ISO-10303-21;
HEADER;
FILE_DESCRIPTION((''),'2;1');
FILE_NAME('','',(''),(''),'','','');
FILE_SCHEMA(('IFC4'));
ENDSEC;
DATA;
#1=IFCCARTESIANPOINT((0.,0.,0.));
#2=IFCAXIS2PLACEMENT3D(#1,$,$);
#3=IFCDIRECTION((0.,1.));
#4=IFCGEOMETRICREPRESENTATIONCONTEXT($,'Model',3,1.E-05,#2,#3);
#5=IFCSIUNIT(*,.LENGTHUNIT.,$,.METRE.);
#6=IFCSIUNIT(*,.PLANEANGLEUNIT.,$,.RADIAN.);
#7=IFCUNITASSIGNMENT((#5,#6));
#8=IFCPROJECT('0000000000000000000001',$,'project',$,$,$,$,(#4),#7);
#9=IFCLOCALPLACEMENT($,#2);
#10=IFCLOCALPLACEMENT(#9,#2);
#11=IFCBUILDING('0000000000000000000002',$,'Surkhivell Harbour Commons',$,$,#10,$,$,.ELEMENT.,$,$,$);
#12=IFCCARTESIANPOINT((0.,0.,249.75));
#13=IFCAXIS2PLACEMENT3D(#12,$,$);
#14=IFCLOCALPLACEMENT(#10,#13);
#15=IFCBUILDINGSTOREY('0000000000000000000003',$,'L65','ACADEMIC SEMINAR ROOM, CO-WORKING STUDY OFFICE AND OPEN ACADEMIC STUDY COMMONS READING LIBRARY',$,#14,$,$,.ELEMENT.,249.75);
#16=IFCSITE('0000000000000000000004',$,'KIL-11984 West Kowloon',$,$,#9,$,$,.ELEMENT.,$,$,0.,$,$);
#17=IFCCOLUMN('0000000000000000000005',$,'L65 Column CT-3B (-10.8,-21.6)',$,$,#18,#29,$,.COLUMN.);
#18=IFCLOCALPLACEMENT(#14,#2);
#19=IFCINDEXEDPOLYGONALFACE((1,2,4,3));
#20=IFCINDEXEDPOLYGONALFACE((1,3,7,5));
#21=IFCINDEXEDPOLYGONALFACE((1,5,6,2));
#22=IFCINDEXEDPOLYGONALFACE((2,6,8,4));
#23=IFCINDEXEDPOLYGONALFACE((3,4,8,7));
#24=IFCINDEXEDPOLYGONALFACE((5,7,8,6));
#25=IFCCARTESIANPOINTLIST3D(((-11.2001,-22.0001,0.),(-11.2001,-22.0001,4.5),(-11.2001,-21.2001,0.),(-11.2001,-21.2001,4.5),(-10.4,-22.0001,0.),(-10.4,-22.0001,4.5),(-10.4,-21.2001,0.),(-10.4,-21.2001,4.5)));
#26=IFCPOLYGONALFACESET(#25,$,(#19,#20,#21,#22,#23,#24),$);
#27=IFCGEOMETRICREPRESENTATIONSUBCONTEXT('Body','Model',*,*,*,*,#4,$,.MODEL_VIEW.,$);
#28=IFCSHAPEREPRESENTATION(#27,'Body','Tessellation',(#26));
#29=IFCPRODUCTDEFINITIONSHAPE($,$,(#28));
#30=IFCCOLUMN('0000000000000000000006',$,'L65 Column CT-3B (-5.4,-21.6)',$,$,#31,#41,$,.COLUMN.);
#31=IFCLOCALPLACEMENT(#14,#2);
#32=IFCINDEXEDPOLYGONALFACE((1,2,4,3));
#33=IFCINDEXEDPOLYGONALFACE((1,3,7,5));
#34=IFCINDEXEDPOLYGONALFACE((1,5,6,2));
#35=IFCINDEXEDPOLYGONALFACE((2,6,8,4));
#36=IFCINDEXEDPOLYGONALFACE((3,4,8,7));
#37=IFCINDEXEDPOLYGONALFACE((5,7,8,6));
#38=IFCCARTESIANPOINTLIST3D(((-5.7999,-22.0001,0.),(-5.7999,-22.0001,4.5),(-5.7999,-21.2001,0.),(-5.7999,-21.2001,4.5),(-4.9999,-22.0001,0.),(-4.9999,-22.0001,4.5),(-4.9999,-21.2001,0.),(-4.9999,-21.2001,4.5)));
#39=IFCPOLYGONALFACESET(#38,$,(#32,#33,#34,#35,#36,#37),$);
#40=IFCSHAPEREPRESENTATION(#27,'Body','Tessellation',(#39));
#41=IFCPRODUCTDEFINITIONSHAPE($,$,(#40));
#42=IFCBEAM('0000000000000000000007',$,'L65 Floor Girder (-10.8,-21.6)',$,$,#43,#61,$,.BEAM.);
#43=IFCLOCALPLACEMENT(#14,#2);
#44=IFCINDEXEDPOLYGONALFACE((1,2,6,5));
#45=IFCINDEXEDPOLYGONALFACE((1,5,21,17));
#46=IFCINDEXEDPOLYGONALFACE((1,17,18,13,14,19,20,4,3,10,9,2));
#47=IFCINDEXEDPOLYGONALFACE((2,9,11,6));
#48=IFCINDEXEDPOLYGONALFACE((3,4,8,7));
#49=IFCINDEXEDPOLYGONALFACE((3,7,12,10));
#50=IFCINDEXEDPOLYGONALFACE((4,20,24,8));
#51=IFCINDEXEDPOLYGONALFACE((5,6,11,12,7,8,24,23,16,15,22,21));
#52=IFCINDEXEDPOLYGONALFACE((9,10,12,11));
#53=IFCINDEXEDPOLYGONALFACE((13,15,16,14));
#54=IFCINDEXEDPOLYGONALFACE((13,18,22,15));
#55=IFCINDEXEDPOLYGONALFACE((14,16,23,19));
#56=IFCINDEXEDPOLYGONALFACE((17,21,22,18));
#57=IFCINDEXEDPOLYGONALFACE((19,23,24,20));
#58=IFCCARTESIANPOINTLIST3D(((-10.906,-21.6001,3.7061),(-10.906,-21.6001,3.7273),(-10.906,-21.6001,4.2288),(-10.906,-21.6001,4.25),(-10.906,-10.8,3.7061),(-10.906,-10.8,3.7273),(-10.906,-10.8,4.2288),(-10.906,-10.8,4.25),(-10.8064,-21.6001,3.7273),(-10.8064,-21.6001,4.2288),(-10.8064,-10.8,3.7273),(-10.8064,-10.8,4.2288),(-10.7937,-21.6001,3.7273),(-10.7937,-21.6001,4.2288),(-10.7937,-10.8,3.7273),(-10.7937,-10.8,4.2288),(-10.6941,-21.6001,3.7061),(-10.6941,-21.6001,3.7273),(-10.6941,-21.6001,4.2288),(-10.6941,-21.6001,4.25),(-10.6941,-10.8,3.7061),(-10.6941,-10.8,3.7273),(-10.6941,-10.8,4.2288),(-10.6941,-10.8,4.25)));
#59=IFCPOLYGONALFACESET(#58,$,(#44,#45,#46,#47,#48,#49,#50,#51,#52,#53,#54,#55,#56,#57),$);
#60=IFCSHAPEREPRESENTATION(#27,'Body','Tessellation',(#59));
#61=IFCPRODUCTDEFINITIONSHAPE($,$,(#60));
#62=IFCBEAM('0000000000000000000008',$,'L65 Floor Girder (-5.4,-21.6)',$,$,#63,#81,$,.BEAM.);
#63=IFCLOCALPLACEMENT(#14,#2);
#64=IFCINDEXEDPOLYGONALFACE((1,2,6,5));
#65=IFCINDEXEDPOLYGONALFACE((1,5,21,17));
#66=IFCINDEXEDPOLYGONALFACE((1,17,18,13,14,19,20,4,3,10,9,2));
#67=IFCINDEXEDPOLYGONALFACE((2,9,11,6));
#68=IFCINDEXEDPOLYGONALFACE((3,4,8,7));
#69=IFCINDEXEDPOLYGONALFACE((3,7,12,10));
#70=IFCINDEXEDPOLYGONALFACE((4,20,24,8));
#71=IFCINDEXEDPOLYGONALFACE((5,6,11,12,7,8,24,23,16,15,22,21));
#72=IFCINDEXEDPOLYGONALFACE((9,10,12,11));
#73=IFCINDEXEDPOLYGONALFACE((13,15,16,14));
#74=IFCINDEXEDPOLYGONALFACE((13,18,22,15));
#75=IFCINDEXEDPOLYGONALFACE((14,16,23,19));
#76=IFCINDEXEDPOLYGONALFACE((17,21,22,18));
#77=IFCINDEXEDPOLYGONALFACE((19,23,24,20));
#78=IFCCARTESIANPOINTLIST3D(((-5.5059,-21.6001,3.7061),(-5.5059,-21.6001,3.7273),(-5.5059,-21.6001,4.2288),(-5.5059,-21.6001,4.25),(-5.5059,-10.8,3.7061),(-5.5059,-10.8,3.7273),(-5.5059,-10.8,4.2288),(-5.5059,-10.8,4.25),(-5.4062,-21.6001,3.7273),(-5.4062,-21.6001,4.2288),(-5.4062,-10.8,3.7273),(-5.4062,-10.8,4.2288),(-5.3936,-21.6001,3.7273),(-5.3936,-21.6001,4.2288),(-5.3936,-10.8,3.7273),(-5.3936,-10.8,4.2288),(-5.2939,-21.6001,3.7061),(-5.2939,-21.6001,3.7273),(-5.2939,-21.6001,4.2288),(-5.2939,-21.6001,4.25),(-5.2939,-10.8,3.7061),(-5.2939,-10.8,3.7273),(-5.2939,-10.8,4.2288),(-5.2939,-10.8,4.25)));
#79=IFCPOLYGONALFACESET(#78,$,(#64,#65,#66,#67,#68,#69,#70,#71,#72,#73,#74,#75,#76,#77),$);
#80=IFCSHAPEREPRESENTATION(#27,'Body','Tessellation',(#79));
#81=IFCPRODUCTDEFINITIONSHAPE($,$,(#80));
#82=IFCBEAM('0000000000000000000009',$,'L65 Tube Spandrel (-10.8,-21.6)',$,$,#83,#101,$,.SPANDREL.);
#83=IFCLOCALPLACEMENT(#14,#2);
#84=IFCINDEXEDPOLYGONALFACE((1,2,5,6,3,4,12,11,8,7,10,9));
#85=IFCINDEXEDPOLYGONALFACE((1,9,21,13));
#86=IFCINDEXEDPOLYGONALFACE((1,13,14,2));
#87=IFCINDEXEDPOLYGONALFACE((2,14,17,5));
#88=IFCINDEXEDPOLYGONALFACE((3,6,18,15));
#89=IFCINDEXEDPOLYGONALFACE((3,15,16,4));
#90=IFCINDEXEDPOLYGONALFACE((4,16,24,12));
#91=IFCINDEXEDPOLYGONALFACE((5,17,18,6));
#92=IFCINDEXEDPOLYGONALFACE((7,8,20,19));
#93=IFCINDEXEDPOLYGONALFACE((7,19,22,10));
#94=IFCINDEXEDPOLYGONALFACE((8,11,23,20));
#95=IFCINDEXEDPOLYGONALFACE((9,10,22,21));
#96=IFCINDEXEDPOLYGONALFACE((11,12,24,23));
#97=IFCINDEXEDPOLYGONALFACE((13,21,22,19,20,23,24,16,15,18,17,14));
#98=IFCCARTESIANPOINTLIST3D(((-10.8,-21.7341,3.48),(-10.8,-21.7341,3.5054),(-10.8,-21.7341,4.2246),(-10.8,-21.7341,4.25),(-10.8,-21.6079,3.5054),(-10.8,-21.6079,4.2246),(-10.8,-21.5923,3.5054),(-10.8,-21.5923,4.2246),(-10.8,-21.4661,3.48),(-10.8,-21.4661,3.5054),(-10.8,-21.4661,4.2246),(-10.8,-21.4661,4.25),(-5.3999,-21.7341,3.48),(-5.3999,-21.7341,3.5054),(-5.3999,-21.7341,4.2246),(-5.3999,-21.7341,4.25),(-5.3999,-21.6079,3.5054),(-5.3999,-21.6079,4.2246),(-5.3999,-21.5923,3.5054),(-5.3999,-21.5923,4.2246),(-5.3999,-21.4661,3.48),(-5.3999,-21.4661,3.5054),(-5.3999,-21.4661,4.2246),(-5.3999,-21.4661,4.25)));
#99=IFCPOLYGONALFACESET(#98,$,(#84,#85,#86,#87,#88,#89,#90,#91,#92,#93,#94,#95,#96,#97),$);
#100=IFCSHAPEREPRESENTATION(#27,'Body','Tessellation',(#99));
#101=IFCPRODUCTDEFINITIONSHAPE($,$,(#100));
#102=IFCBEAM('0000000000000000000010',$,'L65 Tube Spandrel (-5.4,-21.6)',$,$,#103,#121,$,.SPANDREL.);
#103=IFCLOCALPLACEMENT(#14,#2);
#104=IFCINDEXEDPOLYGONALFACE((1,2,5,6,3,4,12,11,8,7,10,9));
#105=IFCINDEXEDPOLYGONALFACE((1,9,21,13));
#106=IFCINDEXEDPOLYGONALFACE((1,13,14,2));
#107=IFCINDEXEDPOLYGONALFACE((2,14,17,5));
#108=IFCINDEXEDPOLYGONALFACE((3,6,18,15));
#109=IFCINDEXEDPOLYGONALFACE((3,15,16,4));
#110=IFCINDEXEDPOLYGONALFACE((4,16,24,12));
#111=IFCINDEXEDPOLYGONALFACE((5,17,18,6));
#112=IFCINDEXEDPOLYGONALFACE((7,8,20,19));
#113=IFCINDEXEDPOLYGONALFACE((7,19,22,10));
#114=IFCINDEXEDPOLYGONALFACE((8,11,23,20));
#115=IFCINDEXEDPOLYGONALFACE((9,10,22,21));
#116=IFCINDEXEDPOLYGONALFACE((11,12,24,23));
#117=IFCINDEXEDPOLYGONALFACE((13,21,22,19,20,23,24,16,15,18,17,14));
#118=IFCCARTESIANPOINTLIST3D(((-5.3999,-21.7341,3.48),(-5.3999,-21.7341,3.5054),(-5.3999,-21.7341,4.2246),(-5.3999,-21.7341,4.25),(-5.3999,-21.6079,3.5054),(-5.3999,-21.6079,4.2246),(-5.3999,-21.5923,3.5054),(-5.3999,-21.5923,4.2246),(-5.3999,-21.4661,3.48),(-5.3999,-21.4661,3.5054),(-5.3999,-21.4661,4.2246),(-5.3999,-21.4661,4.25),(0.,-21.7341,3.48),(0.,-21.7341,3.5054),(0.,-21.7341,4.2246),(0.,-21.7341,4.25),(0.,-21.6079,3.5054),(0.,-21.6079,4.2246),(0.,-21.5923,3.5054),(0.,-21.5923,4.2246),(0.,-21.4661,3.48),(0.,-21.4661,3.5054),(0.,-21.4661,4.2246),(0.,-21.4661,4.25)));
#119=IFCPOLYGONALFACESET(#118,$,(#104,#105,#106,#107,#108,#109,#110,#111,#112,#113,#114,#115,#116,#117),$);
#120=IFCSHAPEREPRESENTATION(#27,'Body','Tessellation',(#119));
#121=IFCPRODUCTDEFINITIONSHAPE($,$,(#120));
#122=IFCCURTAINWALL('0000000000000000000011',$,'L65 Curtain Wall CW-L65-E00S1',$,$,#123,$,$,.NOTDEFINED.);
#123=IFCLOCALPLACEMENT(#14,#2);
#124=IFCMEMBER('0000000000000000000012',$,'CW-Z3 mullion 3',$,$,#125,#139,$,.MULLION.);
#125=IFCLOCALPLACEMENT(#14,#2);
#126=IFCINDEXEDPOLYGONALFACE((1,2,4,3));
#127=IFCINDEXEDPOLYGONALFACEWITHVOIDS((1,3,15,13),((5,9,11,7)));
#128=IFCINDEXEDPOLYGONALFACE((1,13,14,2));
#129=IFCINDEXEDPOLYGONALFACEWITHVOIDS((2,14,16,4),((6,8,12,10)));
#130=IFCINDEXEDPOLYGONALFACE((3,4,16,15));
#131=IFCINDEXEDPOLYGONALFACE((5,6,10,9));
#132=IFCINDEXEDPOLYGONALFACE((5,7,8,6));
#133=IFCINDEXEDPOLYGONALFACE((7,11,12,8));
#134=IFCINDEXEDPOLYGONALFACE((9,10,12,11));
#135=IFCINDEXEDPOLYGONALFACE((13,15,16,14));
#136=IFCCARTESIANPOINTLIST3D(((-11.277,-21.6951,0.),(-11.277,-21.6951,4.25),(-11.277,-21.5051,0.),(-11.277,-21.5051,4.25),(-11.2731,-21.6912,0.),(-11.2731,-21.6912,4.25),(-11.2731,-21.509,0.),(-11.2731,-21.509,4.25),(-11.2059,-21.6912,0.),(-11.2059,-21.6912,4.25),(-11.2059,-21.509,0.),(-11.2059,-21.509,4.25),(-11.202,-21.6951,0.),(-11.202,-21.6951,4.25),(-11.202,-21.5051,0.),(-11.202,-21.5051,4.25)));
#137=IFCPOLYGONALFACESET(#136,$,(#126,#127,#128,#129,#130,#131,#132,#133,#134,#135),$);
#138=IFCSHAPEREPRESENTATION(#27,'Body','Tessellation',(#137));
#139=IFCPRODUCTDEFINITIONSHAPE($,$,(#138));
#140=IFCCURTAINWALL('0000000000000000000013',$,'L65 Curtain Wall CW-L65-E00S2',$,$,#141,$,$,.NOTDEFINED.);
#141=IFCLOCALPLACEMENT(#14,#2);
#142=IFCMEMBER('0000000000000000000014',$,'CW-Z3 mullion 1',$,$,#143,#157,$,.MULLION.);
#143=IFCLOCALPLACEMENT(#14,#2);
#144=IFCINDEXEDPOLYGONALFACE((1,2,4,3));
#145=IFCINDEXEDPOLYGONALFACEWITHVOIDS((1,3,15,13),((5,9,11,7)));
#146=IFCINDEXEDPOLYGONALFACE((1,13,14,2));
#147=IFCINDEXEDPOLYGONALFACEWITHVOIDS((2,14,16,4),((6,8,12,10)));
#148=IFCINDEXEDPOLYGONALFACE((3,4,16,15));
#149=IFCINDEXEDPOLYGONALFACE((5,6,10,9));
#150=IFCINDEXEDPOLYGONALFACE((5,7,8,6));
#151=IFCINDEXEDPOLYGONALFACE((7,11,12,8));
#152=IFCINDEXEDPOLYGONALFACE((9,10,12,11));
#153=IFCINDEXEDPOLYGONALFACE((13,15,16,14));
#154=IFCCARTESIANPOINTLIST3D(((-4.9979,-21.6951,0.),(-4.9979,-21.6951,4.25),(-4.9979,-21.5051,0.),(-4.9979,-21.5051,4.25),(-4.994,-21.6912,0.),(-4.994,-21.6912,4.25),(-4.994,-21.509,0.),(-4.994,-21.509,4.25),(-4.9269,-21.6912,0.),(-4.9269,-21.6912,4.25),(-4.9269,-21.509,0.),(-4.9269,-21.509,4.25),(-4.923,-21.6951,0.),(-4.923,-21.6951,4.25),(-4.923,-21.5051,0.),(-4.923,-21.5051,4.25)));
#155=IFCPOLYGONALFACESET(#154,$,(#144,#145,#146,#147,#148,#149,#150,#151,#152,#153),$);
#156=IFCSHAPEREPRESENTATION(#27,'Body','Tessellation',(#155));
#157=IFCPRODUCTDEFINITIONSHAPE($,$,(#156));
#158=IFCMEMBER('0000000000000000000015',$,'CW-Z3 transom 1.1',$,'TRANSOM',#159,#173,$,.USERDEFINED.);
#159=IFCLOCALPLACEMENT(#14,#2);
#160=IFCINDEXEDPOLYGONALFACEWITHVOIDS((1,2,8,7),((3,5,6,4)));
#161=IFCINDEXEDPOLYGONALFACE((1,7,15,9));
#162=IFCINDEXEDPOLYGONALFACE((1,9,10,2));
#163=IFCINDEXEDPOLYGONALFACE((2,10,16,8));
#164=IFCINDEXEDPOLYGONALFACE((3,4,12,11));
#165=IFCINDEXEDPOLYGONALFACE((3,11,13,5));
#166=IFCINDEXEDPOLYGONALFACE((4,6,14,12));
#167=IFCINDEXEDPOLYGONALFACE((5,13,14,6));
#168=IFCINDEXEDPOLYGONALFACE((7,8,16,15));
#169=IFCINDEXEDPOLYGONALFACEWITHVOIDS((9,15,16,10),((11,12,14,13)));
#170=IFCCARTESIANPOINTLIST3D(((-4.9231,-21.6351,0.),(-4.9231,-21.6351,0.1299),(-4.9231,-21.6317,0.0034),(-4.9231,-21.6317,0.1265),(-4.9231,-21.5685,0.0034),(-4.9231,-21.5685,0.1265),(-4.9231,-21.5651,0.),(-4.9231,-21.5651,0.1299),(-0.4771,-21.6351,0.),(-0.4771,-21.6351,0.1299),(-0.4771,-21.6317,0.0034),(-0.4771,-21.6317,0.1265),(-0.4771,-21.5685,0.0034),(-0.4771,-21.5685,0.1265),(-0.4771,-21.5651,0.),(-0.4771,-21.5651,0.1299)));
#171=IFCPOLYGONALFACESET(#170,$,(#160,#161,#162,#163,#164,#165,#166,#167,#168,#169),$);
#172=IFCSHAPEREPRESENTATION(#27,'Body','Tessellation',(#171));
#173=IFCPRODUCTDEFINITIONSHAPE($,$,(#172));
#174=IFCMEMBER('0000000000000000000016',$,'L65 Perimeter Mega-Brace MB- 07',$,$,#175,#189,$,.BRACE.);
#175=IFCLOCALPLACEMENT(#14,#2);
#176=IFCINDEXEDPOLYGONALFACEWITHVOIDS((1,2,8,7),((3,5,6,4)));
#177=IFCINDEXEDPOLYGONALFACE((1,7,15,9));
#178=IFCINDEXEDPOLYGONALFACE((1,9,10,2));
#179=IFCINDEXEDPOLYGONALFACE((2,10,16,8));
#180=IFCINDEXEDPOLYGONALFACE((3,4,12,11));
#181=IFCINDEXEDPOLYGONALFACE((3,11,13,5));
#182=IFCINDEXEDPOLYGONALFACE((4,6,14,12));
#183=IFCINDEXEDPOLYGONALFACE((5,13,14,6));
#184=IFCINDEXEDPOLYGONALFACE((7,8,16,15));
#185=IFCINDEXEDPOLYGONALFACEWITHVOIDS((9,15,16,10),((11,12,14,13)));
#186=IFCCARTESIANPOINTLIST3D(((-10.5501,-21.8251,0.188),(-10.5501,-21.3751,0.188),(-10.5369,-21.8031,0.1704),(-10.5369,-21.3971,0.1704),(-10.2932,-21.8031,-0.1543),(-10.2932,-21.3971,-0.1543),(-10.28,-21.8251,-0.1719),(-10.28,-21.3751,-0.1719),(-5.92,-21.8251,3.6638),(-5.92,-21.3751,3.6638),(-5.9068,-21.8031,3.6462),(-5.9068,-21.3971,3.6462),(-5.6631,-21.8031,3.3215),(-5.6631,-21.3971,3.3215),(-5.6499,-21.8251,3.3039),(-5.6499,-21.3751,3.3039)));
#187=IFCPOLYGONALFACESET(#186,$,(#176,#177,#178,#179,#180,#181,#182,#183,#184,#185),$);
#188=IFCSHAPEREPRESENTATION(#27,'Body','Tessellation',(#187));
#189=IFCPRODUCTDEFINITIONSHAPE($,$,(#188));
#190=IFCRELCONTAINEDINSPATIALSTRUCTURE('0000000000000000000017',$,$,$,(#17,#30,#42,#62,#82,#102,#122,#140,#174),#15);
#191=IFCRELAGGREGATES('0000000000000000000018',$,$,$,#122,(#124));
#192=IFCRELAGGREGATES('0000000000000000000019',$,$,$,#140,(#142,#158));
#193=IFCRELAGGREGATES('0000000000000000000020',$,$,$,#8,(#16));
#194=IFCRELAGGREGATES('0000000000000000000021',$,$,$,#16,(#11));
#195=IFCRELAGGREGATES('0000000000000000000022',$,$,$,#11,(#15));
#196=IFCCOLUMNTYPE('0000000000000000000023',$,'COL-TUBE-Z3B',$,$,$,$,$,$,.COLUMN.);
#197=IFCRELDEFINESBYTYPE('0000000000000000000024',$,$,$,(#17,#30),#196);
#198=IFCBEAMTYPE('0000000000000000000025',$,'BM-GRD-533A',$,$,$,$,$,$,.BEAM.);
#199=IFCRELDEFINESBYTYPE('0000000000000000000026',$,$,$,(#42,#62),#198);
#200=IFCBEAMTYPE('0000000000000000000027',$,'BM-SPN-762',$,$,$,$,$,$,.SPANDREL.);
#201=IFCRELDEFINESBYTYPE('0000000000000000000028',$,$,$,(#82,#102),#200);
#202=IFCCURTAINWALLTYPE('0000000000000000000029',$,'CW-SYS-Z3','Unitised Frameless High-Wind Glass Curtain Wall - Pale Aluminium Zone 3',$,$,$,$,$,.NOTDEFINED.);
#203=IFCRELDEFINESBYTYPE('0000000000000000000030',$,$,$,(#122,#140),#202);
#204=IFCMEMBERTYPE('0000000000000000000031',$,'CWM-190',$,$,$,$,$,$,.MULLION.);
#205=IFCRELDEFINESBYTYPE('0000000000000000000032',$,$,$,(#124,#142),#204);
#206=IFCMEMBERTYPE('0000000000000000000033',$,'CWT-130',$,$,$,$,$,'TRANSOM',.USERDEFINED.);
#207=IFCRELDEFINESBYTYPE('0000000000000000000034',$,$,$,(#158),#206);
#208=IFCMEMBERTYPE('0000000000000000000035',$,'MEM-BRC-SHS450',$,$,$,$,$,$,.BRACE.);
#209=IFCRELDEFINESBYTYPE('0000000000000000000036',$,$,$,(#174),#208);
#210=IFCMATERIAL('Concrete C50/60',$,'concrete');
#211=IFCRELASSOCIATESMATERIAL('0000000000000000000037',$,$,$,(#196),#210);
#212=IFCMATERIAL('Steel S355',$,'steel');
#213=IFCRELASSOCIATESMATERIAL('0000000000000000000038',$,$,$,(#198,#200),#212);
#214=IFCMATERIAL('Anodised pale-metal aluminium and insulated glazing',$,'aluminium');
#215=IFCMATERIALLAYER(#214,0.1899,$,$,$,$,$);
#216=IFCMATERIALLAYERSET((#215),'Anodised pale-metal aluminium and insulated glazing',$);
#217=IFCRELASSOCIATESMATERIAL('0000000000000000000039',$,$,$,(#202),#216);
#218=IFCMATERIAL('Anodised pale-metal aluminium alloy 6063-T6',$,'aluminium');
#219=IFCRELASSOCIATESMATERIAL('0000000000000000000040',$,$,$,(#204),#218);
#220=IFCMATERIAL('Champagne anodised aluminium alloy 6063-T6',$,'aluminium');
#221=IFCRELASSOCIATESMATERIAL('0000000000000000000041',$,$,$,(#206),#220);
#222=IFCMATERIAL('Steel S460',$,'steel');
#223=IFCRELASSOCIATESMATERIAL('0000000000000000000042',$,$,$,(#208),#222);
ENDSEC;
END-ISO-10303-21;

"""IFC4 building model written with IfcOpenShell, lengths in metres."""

from ifc_helpers import new_model, si_unit, direction, frame, origin, origin_2d, place, context, subcontext, project, spatial, rectangle, hollow_rectangle, i_section, extrude, material, layer, layer_set, material_profile, profile_set, type_object, element, aggregate, save


model = new_model("IFC4")

# Units and contexts
model_context = context("Model", 3, precision=1e-05, world=origin(), true_north=direction((0.0, 1.0)))
body_context = subcontext(model_context, "Body", "Model", "MODEL_VIEW")
ifc_project = project(units=[si_unit("LENGTHUNIT", "METRE"), si_unit("PLANEANGLEUNIT", "RADIAN")], contexts=[model_context])

# Site, building, storey
site_placement = place(None, origin())
site = spatial("IfcSite", under=ifc_project, at=site_placement, Name="KIL-11984 West Kowloon", CompositionType="ELEMENT", RefElevation=0.0)
building_placement = place(site_placement, origin())
building = spatial("IfcBuilding", under=site, at=building_placement, Name="Surkhivell Harbour Commons", CompositionType="ELEMENT")
storey_placement = place(building_placement, frame((0.0, 0.0, 249.75)))
storey = spatial("IfcBuildingStorey", under=building, at=storey_placement, Name="L65", Description="ACADEMIC SEMINAR ROOM, CO-WORKING STUDY OFFICE AND OPEN ACADEMIC STUDY COMMONS READING LIBRARY", CompositionType="ELEMENT", Elevation=249.75)

# Columns
ifc_material_1 = material(Name="Concrete C50/60", Category="concrete")
ifc_material_profile_1 = material_profile(ifc_material_1, rectangle(XDim=0.8, YDim=0.8, at=origin_2d()), Name="RC-COL-800x800")
ifc_profile_set_1 = profile_set([ifc_material_profile_1], Name="Concrete C50/60")
column_type = type_object("IfcColumnType", Name="COL-TUBE-Z3B", PredefinedType="COLUMN", material=ifc_profile_set_1)
for number, where, z_axis, x_axis, name in (
    (1, (-10.8, -21.6001, 0.0), (0.0, 0.0, 1.0), (1.0, 0.0, 0.0), "L65 Column CT-3B (-10.8,-21.6)"),
    (2, (-5.3999, -21.6001, 0.0), (0.0, 0.0, 1.0), (1.0, 0.0, 0.0), "L65 Column CT-3B (-5.4,-21.6)"),
):
    element("IfcColumn", number, at=place(storey_placement, frame(where, z_axis=z_axis, x_axis=x_axis)), inside=storey, type_object=column_type, Name=name, PredefinedType="COLUMN", context=body_context, shape_type="SweptSolid", body=[
        extrude(rectangle(XDim=0.8, YDim=0.8, at=origin_2d()), origin(), (0.0, 0.0, 1.0), 4.5),
    ])

# Beams
ifc_material_2 = material(Name="Steel S355", Category="steel")
ifc_material_profile_2 = material_profile(ifc_material_2, i_section(OverallWidth=0.2119, OverallDepth=0.5439, WebThickness=0.0127, FlangeThickness=0.0212, at=origin_2d()), Name="UB533x210x122")
ifc_profile_set_2 = profile_set([ifc_material_profile_2], Name="Steel S355")
beam_type_1 = type_object("IfcBeamType", Name="BM-GRD-533A", PredefinedType="BEAM", material=ifc_profile_set_2)
for number, where, z_axis, x_axis, name in (
    (3, (-10.8, -21.6001, 3.978), (0.0, 1.0, 0.0), (-1.0, 0.0, 0.0), "L65 Floor Girder (-10.8,-21.6)"),
    (4, (-5.3999, -21.6001, 3.978), (0.0, 1.0, 0.0), (-1.0, 0.0, 0.0), "L65 Floor Girder (-5.4,-21.6)"),
):
    element("IfcBeam", number, at=place(storey_placement, frame(where, z_axis=z_axis, x_axis=x_axis)), inside=storey, type_object=beam_type_1, Name=name, PredefinedType="BEAM", context=body_context, shape_type="SweptSolid", body=[
        extrude(i_section(OverallWidth=0.2119, OverallDepth=0.5439, WebThickness=0.0127, FlangeThickness=0.0212, at=origin_2d()), origin(), (0.0, 0.0, 1.0), 10.8),
    ])
ifc_material_profile_3 = material_profile(ifc_material_2, i_section(OverallWidth=0.2681, OverallDepth=0.77, WebThickness=0.0156, FlangeThickness=0.0254, at=origin_2d()), Name="UB762x267x197")
ifc_profile_set_3 = profile_set([ifc_material_profile_3], Name="Steel S355")
beam_type_2 = type_object("IfcBeamType", Name="BM-SPN-762", PredefinedType="SPANDREL", material=ifc_profile_set_3)
beam_1_placement = place(storey_placement, frame((-10.8, -21.6001, 3.865), z_axis=(1.0, 0.0, 0.0), x_axis=(0.0, 1.0, 0.0)))
element("IfcBeam", 5, at=beam_1_placement, inside=storey, type_object=beam_type_2, Name="L65 Tube Spandrel (-10.8,-21.6)", PredefinedType="SPANDREL", context=body_context, shape_type="SweptSolid", body=[
    extrude(i_section(OverallWidth=0.2681, OverallDepth=0.77, WebThickness=0.0156, FlangeThickness=0.0254, at=origin_2d()), origin(), (0.0, 0.0, 1.0), 5.4001),
])
beam_2_placement = place(storey_placement, frame((-5.3999, -21.6001, 3.865), z_axis=(1.0, 0.0, 0.0), x_axis=(0.0, 1.0, 0.0)))
element("IfcBeam", 6, at=beam_2_placement, inside=storey, type_object=beam_type_2, Name="L65 Tube Spandrel (-5.4,-21.6)", PredefinedType="SPANDREL", context=body_context, shape_type="SweptSolid", body=[
    extrude(i_section(OverallWidth=0.2681, OverallDepth=0.77, WebThickness=0.0156, FlangeThickness=0.0254, at=origin_2d()), origin(), (0.0, 0.0, 1.0), 5.3999),
])

# Curtain wall, member
ifc_material_3 = material(Name="Anodised pale-metal aluminium and insulated glazing", Category="aluminium")
ifc_layer_1 = layer(ifc_material_3, 0.1899)
ifc_layer_set_1 = layer_set([ifc_layer_1], Name="Anodised pale-metal aluminium and insulated glazing")
curtain_wall_type = type_object("IfcCurtainWallType", Name="CW-SYS-Z3", Description="Unitised Frameless High-Wind Glass Curtain Wall - Pale Aluminium Zone 3", PredefinedType="NOTDEFINED", material=ifc_layer_set_1)
curtain_wall_1_placement = place(storey_placement, origin())
curtain_wall_1 = element("IfcCurtainWall", 7, at=curtain_wall_1_placement, inside=storey, type_object=curtain_wall_type, Name="L65 Curtain Wall CW-L65-E00S1", PredefinedType="NOTDEFINED")
ifc_material_4 = material(Name="Anodised pale-metal aluminium alloy 6063-T6", Category="aluminium")
ifc_material_profile_4 = material_profile(ifc_material_4, hollow_rectangle(XDim=0.075, YDim=0.1899, WallThickness=0.0039, at=origin_2d()), Name="ALU-MULL-75x190")
ifc_profile_set_4 = profile_set([ifc_material_profile_4], Name="Anodised pale-metal aluminium alloy 6063-T6")
member_type_1 = type_object("IfcMemberType", Name="CWM-190", PredefinedType="MULLION", material=ifc_profile_set_4)
member_1_placement = place(storey_placement, frame((-11.2395, -21.6001, 0.0), z_axis=(0.0, 0.0, 1.0), x_axis=(1.0, 0.0, 0.0)))
member_1 = element("IfcMember", 8, at=member_1_placement, type_object=member_type_1, Name="CW-Z3 mullion 3", PredefinedType="MULLION", context=body_context, shape_type="SweptSolid", body=[
    extrude(hollow_rectangle(XDim=0.075, YDim=0.1899, WallThickness=0.0039, at=origin_2d()), origin(), (0.0, 0.0, 1.0), 4.25),
])
aggregate(curtain_wall_1, [member_1])

# Curtain wall, members
curtain_wall_2_placement = place(storey_placement, origin())
curtain_wall_2 = element("IfcCurtainWall", 9, at=curtain_wall_2_placement, inside=storey, type_object=curtain_wall_type, Name="L65 Curtain Wall CW-L65-E00S2", PredefinedType="NOTDEFINED")
member_2_placement = place(storey_placement, frame((-4.9604, -21.6001, 0.0), z_axis=(0.0, 0.0, 1.0), x_axis=(1.0, 0.0, 0.0)))
member_2 = element("IfcMember", 10, at=member_2_placement, type_object=member_type_1, Name="CW-Z3 mullion 1", PredefinedType="MULLION", context=body_context, shape_type="SweptSolid", body=[
    extrude(hollow_rectangle(XDim=0.075, YDim=0.1899, WallThickness=0.0039, at=origin_2d()), origin(), (0.0, 0.0, 1.0), 4.25),
])
ifc_material_5 = material(Name="Champagne anodised aluminium alloy 6063-T6", Category="aluminium")
ifc_material_profile_5 = material_profile(ifc_material_5, hollow_rectangle(XDim=0.0701, YDim=0.1299, WallThickness=0.0034, at=origin_2d()), Name="ALU-TRAN-70x130")
ifc_profile_set_5 = profile_set([ifc_material_profile_5], Name="Champagne anodised aluminium alloy 6063-T6")
member_type_2 = type_object("IfcMemberType", Name="CWT-130", ElementType="TRANSOM", PredefinedType="USERDEFINED", material=ifc_profile_set_5)
member_3_placement = place(storey_placement, frame((-4.9231, -21.6001, 0.0649), z_axis=(1.0, 0.0, 0.0), x_axis=(0.0, 1.0, 0.0)))
member_3 = element("IfcMember", 11, at=member_3_placement, type_object=member_type_2, Name="CW-Z3 transom 1.1", ObjectType="TRANSOM", PredefinedType="USERDEFINED", context=body_context, shape_type="SweptSolid", body=[
    extrude(hollow_rectangle(XDim=0.0701, YDim=0.1299, WallThickness=0.0034, at=origin_2d()), origin(), (0.0, 0.0, 1.0), 4.446),
])

# Member
ifc_material_6 = material(Name="Steel S460", Category="steel")
ifc_material_profile_6 = material_profile(ifc_material_6, hollow_rectangle(XDim=0.45, YDim=0.45, WallThickness=0.022, at=origin_2d()), Name="SHS450x450x22")
ifc_profile_set_6 = profile_set([ifc_material_profile_6], Name="Steel S460")
member_type_3 = type_object("IfcMemberType", Name="MEM-BRC-SHS450", PredefinedType="BRACE", material=ifc_profile_set_6)
member_4_placement = place(storey_placement, frame((-10.415, -21.6001, 0.0081), z_axis=(0.799732, 0.0, 0.600358), x_axis=(0.0, 1.0, 0.0)))
element("IfcMember", 12, at=member_4_placement, inside=storey, type_object=member_type_3, Name="L65 Perimeter Mega-Brace MB- 07", PredefinedType="BRACE", context=body_context, shape_type="SweptSolid", body=[
    extrude(hollow_rectangle(XDim=0.45, YDim=0.45, WallThickness=0.022, at=origin_2d()), origin(), (0.0, 0.0, 1.0), 5.7896),
])

aggregate(curtain_wall_2, [member_2, member_3])

save(model, "model.ifc")
